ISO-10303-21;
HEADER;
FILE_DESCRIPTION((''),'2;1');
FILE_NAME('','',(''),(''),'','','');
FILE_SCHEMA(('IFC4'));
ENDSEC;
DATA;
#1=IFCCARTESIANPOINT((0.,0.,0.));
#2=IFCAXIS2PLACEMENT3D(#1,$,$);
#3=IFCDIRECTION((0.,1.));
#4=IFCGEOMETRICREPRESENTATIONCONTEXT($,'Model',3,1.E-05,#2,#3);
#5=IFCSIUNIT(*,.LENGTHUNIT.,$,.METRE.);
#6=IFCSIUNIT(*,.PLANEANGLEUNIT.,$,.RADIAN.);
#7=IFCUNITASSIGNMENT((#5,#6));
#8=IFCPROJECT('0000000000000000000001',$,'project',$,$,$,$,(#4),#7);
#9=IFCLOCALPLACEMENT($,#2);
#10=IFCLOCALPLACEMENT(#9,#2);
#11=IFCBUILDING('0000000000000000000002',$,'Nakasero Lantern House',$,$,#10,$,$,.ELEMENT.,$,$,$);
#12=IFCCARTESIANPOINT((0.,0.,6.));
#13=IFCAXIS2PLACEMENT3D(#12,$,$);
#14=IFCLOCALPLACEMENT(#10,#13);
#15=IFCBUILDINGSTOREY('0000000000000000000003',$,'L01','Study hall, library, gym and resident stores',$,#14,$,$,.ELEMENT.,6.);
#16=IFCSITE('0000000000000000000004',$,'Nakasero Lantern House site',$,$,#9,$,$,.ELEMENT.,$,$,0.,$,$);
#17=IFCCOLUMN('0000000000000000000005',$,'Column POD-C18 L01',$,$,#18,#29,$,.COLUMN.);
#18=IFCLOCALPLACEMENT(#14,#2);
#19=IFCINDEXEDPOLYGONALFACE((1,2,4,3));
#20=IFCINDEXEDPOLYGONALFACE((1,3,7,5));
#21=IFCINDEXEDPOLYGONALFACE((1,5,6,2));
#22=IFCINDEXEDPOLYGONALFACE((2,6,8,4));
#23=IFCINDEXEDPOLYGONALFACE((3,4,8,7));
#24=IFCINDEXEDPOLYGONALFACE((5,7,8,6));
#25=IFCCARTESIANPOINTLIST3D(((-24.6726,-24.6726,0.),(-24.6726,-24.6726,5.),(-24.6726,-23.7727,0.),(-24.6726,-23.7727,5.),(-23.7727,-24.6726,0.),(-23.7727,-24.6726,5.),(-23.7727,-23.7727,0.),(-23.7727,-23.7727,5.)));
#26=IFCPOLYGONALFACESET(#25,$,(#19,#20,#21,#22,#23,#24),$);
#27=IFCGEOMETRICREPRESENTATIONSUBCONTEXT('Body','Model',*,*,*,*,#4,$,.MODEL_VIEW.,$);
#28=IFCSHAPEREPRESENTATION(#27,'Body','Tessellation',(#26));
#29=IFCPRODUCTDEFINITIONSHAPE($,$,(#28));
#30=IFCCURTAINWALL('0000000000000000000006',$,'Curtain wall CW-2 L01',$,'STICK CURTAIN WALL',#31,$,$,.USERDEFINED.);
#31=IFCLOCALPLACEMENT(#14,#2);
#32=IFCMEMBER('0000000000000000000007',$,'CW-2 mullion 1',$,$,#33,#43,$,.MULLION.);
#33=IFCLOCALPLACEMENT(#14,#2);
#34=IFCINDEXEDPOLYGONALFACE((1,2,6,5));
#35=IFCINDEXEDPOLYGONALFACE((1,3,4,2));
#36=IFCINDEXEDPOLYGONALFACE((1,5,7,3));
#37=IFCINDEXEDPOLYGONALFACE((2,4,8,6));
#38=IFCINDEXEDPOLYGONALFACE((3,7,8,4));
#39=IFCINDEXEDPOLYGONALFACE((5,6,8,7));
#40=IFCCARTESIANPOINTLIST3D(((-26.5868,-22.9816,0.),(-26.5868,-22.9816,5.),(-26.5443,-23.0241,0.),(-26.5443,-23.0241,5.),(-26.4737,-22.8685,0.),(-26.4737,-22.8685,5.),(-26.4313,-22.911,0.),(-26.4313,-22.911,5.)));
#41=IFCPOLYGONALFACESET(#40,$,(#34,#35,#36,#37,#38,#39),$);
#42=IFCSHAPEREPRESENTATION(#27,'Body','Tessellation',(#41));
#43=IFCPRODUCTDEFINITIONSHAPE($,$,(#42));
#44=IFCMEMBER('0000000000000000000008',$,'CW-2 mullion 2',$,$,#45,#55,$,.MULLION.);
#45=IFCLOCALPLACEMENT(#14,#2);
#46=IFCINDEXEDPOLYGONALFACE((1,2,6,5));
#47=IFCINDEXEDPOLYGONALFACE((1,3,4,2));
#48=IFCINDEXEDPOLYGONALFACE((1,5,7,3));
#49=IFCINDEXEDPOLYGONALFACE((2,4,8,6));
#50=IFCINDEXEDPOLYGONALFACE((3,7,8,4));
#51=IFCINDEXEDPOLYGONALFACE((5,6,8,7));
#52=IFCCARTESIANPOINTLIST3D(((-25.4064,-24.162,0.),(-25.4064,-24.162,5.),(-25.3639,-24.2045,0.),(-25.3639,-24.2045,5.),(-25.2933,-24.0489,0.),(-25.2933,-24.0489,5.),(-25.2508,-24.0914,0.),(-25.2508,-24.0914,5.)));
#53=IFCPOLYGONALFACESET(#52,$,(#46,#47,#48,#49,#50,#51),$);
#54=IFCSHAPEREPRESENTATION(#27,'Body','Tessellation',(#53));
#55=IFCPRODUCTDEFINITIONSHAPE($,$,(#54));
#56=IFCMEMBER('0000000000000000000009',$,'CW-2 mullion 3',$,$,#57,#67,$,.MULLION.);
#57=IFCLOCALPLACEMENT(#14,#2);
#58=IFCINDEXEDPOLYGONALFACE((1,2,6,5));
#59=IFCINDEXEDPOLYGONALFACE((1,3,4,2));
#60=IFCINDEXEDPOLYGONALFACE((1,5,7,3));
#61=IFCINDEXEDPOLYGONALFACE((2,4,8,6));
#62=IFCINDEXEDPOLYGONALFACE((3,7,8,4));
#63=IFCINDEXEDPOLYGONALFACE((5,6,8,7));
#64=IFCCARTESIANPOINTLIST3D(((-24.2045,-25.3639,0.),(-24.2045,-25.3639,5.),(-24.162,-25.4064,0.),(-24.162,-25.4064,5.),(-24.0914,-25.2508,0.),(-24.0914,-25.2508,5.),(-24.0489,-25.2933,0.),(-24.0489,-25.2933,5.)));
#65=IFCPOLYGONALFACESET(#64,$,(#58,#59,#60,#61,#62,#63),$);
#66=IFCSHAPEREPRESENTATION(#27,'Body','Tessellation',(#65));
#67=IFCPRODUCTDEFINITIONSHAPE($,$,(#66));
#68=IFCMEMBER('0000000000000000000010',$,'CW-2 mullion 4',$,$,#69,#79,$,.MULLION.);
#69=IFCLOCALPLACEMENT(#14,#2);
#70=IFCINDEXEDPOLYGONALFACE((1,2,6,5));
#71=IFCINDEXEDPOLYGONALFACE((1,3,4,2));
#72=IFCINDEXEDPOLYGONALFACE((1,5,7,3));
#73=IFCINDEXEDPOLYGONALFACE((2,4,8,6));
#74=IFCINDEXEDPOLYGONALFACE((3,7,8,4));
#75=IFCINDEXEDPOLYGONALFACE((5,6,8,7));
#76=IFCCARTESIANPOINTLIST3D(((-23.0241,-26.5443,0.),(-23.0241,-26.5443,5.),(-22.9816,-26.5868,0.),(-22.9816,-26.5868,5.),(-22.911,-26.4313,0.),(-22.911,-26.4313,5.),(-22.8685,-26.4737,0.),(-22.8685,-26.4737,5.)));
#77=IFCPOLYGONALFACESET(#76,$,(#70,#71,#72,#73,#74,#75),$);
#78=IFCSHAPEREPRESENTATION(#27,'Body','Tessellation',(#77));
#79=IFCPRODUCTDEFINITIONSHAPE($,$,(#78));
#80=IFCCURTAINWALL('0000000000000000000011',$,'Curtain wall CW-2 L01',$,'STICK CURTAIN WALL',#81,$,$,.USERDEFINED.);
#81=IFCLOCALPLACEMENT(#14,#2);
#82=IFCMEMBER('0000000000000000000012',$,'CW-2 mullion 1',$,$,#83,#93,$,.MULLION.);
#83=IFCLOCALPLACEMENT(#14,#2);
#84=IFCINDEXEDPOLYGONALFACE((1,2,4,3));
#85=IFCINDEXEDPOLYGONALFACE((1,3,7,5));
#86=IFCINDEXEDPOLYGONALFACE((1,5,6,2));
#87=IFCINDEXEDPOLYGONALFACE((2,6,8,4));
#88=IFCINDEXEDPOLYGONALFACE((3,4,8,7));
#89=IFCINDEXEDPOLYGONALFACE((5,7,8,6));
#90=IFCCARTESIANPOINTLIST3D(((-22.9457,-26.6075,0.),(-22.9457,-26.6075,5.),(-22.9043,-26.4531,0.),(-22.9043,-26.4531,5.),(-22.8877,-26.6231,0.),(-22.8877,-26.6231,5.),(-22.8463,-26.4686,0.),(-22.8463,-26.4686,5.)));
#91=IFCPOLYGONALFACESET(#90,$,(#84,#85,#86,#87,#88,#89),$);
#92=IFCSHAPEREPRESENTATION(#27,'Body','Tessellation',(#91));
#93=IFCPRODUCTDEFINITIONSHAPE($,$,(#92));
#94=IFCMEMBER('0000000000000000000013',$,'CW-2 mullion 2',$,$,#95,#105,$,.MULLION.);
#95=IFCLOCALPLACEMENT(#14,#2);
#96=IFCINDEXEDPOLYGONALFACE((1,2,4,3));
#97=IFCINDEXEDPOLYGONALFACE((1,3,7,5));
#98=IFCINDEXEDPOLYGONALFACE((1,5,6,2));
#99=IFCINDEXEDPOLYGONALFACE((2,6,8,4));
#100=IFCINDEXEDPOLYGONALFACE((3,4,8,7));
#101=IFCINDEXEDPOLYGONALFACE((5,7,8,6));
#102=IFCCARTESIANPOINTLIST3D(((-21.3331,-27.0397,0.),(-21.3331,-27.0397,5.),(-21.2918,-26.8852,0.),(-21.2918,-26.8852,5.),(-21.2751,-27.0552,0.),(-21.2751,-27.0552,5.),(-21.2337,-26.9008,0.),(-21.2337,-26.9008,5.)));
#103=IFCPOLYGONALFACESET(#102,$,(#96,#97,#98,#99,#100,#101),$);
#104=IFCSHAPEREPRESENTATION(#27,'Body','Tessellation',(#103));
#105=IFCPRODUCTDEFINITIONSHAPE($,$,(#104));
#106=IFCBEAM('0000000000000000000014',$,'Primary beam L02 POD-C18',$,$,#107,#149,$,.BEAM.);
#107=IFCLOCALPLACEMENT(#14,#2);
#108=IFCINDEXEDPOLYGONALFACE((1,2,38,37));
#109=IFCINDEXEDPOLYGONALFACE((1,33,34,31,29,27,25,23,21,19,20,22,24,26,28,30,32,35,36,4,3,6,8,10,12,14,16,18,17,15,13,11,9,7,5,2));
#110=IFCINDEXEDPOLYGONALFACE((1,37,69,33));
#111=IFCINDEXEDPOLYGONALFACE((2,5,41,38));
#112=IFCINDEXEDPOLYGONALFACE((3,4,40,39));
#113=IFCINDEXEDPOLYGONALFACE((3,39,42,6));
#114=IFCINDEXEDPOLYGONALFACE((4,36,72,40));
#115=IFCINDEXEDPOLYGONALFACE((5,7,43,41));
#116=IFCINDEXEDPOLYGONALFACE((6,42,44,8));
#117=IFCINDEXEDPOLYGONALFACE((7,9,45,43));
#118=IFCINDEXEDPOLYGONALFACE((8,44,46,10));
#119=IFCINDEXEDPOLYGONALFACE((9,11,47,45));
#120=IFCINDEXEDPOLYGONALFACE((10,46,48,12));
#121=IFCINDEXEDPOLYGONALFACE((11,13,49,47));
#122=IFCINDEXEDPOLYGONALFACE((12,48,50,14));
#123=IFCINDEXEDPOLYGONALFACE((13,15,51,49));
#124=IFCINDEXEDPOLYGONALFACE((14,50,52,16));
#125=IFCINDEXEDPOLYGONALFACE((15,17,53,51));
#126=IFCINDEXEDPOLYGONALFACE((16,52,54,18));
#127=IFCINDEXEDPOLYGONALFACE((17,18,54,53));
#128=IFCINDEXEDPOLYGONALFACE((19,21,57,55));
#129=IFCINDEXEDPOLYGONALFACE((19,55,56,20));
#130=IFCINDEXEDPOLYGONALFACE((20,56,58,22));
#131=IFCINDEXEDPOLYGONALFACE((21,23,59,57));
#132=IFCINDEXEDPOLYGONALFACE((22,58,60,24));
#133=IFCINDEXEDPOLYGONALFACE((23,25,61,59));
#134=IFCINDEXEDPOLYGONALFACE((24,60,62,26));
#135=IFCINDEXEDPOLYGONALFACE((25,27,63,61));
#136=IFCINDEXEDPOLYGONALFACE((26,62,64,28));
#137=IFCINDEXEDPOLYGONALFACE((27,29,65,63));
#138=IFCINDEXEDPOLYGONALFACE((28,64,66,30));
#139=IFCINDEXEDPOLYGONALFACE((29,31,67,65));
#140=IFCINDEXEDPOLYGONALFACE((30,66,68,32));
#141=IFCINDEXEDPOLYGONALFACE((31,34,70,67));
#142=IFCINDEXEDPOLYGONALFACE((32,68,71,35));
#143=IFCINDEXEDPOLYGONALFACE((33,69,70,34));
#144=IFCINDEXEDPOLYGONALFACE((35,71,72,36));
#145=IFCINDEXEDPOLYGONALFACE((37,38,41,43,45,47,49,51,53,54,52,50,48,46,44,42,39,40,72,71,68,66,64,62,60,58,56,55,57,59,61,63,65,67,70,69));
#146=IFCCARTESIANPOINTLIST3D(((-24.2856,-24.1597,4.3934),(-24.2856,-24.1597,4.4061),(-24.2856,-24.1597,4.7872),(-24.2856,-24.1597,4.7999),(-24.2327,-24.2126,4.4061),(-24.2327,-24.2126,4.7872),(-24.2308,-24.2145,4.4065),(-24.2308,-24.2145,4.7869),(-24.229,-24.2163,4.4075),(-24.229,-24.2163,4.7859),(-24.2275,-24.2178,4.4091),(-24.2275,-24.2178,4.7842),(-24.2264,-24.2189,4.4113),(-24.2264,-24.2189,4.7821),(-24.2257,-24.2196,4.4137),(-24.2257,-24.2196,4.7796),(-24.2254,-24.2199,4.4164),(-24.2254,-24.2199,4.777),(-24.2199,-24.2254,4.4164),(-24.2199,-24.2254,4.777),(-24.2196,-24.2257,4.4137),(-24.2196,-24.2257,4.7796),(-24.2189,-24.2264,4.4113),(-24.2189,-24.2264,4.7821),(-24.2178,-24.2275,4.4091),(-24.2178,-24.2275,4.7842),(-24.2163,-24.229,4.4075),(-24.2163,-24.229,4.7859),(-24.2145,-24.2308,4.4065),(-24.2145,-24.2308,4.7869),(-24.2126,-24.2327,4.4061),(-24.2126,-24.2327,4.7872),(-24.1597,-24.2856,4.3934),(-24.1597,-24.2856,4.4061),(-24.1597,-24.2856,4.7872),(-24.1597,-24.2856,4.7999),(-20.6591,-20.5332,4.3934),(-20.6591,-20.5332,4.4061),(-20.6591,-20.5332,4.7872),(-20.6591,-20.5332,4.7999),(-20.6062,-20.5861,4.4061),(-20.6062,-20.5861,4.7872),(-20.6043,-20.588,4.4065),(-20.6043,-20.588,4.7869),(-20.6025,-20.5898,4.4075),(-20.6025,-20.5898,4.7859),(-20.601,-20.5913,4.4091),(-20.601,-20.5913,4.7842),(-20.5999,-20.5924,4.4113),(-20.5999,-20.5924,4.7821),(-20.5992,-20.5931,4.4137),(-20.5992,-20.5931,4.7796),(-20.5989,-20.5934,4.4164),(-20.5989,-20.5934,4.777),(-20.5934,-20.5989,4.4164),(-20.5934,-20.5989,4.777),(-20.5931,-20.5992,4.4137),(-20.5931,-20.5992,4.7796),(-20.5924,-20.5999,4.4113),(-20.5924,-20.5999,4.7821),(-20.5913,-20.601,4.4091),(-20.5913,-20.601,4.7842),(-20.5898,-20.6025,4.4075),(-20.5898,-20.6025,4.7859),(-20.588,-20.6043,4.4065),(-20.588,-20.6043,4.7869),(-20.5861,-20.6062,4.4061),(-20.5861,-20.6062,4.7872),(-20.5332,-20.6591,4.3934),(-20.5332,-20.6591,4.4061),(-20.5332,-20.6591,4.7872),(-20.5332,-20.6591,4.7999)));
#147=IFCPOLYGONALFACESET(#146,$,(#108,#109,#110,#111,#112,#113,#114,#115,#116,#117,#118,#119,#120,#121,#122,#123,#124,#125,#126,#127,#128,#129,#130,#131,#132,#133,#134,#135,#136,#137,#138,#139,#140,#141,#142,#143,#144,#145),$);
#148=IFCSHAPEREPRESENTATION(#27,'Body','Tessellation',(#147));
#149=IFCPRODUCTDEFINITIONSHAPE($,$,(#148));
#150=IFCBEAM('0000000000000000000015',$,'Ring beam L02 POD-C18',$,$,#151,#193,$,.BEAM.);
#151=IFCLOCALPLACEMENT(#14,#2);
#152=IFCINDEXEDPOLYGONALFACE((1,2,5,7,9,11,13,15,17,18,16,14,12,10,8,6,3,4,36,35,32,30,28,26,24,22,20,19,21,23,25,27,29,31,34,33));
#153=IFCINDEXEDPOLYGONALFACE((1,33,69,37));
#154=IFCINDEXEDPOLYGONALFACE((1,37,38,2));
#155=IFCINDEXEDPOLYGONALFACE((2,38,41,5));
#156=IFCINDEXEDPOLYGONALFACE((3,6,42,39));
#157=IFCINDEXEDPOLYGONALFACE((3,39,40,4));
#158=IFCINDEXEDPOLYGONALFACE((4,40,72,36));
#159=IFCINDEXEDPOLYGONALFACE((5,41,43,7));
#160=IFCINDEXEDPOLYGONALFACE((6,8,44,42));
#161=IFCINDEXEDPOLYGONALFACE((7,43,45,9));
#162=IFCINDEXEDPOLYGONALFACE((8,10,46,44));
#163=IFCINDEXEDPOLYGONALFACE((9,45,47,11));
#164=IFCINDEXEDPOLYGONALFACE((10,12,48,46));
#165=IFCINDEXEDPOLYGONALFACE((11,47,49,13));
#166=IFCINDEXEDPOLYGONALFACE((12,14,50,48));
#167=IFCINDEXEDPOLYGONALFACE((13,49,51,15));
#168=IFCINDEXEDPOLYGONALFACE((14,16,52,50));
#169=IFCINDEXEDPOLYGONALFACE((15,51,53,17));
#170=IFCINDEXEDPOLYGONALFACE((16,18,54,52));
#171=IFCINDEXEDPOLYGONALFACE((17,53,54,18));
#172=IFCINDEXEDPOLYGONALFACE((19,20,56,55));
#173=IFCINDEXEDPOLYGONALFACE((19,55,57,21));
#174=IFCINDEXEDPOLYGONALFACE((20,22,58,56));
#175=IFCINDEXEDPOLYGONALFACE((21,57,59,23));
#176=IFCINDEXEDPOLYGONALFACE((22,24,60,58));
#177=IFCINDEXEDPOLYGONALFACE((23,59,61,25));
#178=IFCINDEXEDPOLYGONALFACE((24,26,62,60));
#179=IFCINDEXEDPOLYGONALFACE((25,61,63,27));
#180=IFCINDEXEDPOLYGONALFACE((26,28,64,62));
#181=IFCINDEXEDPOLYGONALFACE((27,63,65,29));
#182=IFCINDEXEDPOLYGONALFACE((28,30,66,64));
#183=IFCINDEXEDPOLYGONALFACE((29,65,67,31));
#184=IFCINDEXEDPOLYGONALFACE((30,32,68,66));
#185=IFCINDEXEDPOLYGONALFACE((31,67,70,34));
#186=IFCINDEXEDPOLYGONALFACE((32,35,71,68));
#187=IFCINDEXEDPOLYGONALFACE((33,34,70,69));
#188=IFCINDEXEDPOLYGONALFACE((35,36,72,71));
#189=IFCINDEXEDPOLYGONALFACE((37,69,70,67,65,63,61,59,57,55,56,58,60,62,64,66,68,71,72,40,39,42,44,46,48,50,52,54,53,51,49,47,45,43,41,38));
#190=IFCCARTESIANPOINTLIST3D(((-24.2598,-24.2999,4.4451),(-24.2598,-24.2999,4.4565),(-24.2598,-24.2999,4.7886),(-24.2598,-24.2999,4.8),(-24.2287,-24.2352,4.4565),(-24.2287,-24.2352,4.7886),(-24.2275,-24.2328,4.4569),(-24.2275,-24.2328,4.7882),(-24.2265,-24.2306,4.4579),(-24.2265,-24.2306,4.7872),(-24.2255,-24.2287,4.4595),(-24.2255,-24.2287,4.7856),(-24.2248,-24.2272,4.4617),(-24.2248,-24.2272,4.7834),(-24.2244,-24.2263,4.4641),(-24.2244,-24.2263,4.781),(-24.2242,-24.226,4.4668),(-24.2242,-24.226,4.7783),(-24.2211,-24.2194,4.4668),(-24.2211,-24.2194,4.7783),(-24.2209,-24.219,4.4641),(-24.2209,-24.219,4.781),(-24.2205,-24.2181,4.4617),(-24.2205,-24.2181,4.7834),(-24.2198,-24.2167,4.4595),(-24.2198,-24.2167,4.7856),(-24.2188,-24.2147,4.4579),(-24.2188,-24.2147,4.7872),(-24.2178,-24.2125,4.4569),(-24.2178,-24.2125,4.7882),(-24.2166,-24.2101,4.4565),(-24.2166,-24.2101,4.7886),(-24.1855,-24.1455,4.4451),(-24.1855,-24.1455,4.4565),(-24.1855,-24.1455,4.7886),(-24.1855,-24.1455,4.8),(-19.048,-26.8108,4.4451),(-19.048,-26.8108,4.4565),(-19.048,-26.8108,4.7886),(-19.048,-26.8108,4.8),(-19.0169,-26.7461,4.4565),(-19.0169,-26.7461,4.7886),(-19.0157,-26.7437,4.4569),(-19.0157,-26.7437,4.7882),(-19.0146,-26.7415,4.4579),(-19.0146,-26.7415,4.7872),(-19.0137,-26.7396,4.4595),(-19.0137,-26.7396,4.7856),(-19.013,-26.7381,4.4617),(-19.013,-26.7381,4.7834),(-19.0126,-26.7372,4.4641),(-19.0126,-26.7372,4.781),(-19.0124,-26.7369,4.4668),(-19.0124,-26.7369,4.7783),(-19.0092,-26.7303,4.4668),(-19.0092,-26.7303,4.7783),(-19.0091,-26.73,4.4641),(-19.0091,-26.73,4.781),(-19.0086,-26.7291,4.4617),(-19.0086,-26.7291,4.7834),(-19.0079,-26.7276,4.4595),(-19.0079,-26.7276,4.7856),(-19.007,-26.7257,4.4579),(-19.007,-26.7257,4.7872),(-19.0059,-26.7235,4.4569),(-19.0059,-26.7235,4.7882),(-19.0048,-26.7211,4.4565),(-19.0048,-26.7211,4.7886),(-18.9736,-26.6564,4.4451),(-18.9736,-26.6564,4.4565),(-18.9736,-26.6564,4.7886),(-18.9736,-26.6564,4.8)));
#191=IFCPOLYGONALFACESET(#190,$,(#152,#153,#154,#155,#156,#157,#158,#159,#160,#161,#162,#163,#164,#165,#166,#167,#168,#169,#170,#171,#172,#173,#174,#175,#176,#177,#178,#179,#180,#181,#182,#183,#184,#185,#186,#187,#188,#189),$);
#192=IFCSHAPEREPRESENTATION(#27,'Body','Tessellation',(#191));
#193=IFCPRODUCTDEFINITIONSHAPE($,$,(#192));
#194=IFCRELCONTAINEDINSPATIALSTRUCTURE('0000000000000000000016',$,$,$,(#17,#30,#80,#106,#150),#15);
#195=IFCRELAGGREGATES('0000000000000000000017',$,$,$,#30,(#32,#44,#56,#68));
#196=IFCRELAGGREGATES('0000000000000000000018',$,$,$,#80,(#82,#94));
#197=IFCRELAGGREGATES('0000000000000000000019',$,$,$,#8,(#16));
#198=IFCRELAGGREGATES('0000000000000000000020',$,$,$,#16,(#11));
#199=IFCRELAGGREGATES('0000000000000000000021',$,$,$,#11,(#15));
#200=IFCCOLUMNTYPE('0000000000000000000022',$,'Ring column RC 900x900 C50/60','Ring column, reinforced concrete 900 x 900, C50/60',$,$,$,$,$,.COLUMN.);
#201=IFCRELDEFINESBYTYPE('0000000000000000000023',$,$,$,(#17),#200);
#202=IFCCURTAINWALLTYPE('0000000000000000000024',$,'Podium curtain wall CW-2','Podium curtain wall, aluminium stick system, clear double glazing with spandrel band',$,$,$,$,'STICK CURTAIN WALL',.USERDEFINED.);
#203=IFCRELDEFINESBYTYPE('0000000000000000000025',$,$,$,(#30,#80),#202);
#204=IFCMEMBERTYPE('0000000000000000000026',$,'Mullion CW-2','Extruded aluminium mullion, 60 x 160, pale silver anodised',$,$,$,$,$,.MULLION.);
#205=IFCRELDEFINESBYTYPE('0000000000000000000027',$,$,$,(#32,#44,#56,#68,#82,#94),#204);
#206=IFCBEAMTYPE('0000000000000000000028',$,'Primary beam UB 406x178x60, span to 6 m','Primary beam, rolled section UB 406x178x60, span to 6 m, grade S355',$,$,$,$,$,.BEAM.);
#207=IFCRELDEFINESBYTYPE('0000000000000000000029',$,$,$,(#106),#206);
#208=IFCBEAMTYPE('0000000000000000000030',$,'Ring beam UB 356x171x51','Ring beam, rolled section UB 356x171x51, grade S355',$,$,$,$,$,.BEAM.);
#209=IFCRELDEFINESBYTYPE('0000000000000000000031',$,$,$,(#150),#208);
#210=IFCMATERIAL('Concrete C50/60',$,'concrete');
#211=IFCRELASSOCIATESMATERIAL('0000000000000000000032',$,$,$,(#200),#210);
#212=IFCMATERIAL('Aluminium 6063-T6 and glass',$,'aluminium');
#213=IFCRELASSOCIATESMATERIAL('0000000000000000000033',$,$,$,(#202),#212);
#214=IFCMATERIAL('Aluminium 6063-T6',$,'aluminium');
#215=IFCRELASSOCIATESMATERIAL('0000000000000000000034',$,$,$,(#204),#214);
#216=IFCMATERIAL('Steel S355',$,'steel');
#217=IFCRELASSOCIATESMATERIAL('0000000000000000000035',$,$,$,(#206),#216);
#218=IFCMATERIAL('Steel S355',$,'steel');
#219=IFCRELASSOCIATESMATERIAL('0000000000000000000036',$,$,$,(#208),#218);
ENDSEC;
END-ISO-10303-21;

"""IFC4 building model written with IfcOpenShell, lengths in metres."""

from ifc_helpers import new_model, si_unit, direction, frame, origin, origin_2d, place, context, subcontext, project, spatial, rectangle, i_section, extrude, material, material_profile, profile_set, type_object, element, aggregate, save


model = new_model("IFC4")

# Units and contexts
model_context = context("Model", 3, precision=1e-05, world=origin(), true_north=direction((0.0, 1.0)))
body_context = subcontext(model_context, "Body", "Model", "MODEL_VIEW")
ifc_project = project(units=[si_unit("LENGTHUNIT", "METRE"), si_unit("PLANEANGLEUNIT", "RADIAN")], contexts=[model_context])

# Site, building, storey
site_placement = place(None, origin())
site = spatial("IfcSite", under=ifc_project, at=site_placement, Name="Nakasero Lantern House site", CompositionType="ELEMENT", RefElevation=0.0)
building_placement = place(site_placement, origin())
building = spatial("IfcBuilding", under=site, at=building_placement, Name="Nakasero Lantern House", CompositionType="ELEMENT")
storey_placement = place(building_placement, frame((0.0, 0.0, 6.0)))
storey = spatial("IfcBuildingStorey", under=building, at=storey_placement, Name="L01", Description="Study hall, library, gym and resident stores", CompositionType="ELEMENT", Elevation=6.0)

# Column
ifc_material_1 = material(Name="Concrete C50/60", Category="concrete")
ifc_material_profile_1 = material_profile(ifc_material_1, rectangle(XDim=0.8999, YDim=0.8999, at=origin_2d()), Name="RC 900x900")
ifc_profile_set_1 = profile_set([ifc_material_profile_1], Name="Concrete C50/60")
column_type = type_object("IfcColumnType", Name="Ring column RC 900x900 C50/60", Description="Ring column, reinforced concrete 900 x 900, C50/60", PredefinedType="COLUMN", material=ifc_profile_set_1)
column_placement = place(storey_placement, frame((-24.2227, -24.2227, 0.0), z_axis=(0.0, 0.0, 1.0), x_axis=(1.0, 0.0, 0.0)))
element("IfcColumn", 1, at=column_placement, inside=storey, type_object=column_type, Name="Column POD-C18 L01", PredefinedType="COLUMN", context=body_context, shape_type="SweptSolid", body=[
    extrude(rectangle(XDim=0.8999, YDim=0.8999, at=origin_2d()), origin(), (0.0, 0.0, 1.0), 5.0),
])

# Curtain walls, members
ifc_material_2 = material(Name="Aluminium 6063-T6 and glass", Category="aluminium")
curtain_wall_type = type_object("IfcCurtainWallType", Name="Podium curtain wall CW-2", Description="Podium curtain wall, aluminium stick system, clear double glazing with spandrel band", ElementType="STICK CURTAIN WALL", PredefinedType="USERDEFINED", material=ifc_material_2)
curtain_wall_1_placement = place(storey_placement, origin())
curtain_wall_1 = element("IfcCurtainWall", 2, at=curtain_wall_1_placement, inside=storey, type_object=curtain_wall_type, Name="Curtain wall CW-2 L01", ObjectType="STICK CURTAIN WALL", PredefinedType="USERDEFINED")
ifc_material_3 = material(Name="Aluminium 6063-T6", Category="aluminium")
ifc_material_profile_2 = material_profile(ifc_material_3, rectangle(XDim=0.0601, YDim=0.1599, at=origin_2d()), Name="CW-2 mullion 60x160")
ifc_profile_set_2 = profile_set([ifc_material_profile_2], Name="Aluminium 6063-T6")
member_type_1 = type_object("IfcMemberType", Name="Mullion CW-2", Description="Extruded aluminium mullion, 60 x 160, pale silver anodised", PredefinedType="MULLION", material=ifc_profile_set_2)
member_1_placement = place(storey_placement, frame((-26.509, -22.9463, 0.0), z_axis=(0.0, 0.0, 1.0), x_axis=(0.707107, -0.707107, 0.0)))
member_1 = element("IfcMember", 3, at=member_1_placement, type_object=member_type_1, Name="CW-2 mullion 1", PredefinedType="MULLION", context=body_context, shape_type="SweptSolid", body=[
    extrude(rectangle(XDim=0.0601, YDim=0.1599, at=origin_2d()), origin(), (0.0, 0.0, 1.0), 5.0),
])
member_2_placement = place(storey_placement, frame((-25.3286, -24.1267, 0.0), z_axis=(0.0, 0.0, 1.0), x_axis=(0.707107, -0.707107, 0.0)))
member_2 = element("IfcMember", 4, at=member_2_placement, type_object=member_type_1, Name="CW-2 mullion 2", PredefinedType="MULLION", context=body_context, shape_type="SweptSolid", body=[
    extrude(rectangle(XDim=0.0601, YDim=0.1599, at=origin_2d()), origin(), (0.0, 0.0, 1.0), 5.0),
])
member_3_placement = place(storey_placement, frame((-24.1267, -25.3286, 0.0), z_axis=(0.0, 0.0, 1.0), x_axis=(0.707107, -0.707107, 0.0)))
member_3 = element("IfcMember", 5, at=member_3_placement, type_object=member_type_1, Name="CW-2 mullion 3", PredefinedType="MULLION", context=body_context, shape_type="SweptSolid", body=[
    extrude(rectangle(XDim=0.0601, YDim=0.1599, at=origin_2d()), origin(), (0.0, 0.0, 1.0), 5.0),
])
member_4_placement = place(storey_placement, frame((-22.9463, -26.509, 0.0), z_axis=(0.0, 0.0, 1.0), x_axis=(0.707107, -0.707107, 0.0)))
member_4 = element("IfcMember", 6, at=member_4_placement, type_object=member_type_1, Name="CW-2 mullion 4", PredefinedType="MULLION", context=body_context, shape_type="SweptSolid", body=[
    extrude(rectangle(XDim=0.0601, YDim=0.1599, at=origin_2d()), origin(), (0.0, 0.0, 1.0), 5.0),
])
curtain_wall_2_placement = place(storey_placement, origin())
curtain_wall_2 = element("IfcCurtainWall", 7, at=curtain_wall_2_placement, inside=storey, type_object=curtain_wall_type, Name="Curtain wall CW-2 L01", ObjectType="STICK CURTAIN WALL", PredefinedType="USERDEFINED")
member_5_placement = place(storey_placement, frame((-22.896, -26.5381, 0.0), z_axis=(0.0, 0.0, 1.0), x_axis=(0.965926, -0.258819, 0.0)))
member_5 = element("IfcMember", 8, at=member_5_placement, type_object=member_type_1, Name="CW-2 mullion 1", PredefinedType="MULLION", context=body_context, shape_type="SweptSolid", body=[
    extrude(rectangle(XDim=0.0601, YDim=0.1599, at=origin_2d()), origin(), (0.0, 0.0, 1.0), 5.0),
])
member_6_placement = place(storey_placement, frame((-21.2834, -26.9702, 0.0), z_axis=(0.0, 0.0, 1.0), x_axis=(0.965926, -0.258819, 0.0)))
member_6 = element("IfcMember", 9, at=member_6_placement, type_object=member_type_1, Name="CW-2 mullion 2", PredefinedType="MULLION", context=body_context, shape_type="SweptSolid", body=[
    extrude(rectangle(XDim=0.0601, YDim=0.1599, at=origin_2d()), origin(), (0.0, 0.0, 1.0), 5.0),
])

# Beams
ifc_material_4 = material(Name="Steel S355", Category="steel")
ifc_material_profile_3 = material_profile(ifc_material_4, i_section(OverallWidth=0.178, OverallDepth=0.4065, WebThickness=0.0078, FlangeThickness=0.0127, FilletRadius=0.0103, at=origin_2d()), Name="UB 406x178x60")
ifc_profile_set_3 = profile_set([ifc_material_profile_3], Name="Steel S355")
beam_type_1 = type_object("IfcBeamType", Name="Primary beam UB 406x178x60, span to 6 m", Description="Primary beam, rolled section UB 406x178x60, span to 6 m, grade S355", PredefinedType="BEAM", material=ifc_profile_set_3)
beam_1_placement = place(storey_placement, frame((-24.2227, -24.2227, 4.5967), z_axis=(0.707107, 0.707107, 0.0), x_axis=(-0.707107, 0.707107, 0.0)))
element("IfcBeam", 10, at=beam_1_placement, inside=storey, type_object=beam_type_1, Name="Primary beam L02 POD-C18", PredefinedType="BEAM", context=body_context, shape_type="SweptSolid", body=[
    extrude(i_section(OverallWidth=0.178, OverallDepth=0.4065, WebThickness=0.0078, FlangeThickness=0.0127, FilletRadius=0.0103, at=origin_2d()), origin(), (0.0, 0.0, 1.0), 5.1287),
])
ifc_material_5 = material(Name="Steel S355", Category="steel")
ifc_material_profile_4 = material_profile(ifc_material_5, i_section(OverallWidth=0.1714, OverallDepth=0.355, WebThickness=0.0073, FlangeThickness=0.0115, FilletRadius=0.0103, at=origin_2d()), Name="UB 356x171x51")
ifc_profile_set_4 = profile_set([ifc_material_profile_4], Name="Steel S355")
beam_type_2 = type_object("IfcBeamType", Name="Ring beam UB 356x171x51", Description="Ring beam, rolled section UB 356x171x51, grade S355", PredefinedType="BEAM", material=ifc_profile_set_4)
beam_2_placement = place(storey_placement, frame((-24.2227, -24.2227, 4.6226), z_axis=(0.900897, -0.434033, 0.0), x_axis=(0.434033, 0.900897, 0.0)))
element("IfcBeam", 11, at=beam_2_placement, inside=storey, type_object=beam_type_2, Name="Ring beam L02 POD-C18", PredefinedType="BEAM", context=body_context, shape_type="SweptSolid", body=[
    extrude(i_section(OverallWidth=0.1714, OverallDepth=0.355, WebThickness=0.0073, FlangeThickness=0.0115, FilletRadius=0.0103, at=origin_2d()), origin(), (0.0, 0.0, 1.0), 5.7852),
])

aggregate(curtain_wall_1, [member_1, member_2, member_3, member_4])
aggregate(curtain_wall_2, [member_5, member_6])

save(model, "model.ifc")
